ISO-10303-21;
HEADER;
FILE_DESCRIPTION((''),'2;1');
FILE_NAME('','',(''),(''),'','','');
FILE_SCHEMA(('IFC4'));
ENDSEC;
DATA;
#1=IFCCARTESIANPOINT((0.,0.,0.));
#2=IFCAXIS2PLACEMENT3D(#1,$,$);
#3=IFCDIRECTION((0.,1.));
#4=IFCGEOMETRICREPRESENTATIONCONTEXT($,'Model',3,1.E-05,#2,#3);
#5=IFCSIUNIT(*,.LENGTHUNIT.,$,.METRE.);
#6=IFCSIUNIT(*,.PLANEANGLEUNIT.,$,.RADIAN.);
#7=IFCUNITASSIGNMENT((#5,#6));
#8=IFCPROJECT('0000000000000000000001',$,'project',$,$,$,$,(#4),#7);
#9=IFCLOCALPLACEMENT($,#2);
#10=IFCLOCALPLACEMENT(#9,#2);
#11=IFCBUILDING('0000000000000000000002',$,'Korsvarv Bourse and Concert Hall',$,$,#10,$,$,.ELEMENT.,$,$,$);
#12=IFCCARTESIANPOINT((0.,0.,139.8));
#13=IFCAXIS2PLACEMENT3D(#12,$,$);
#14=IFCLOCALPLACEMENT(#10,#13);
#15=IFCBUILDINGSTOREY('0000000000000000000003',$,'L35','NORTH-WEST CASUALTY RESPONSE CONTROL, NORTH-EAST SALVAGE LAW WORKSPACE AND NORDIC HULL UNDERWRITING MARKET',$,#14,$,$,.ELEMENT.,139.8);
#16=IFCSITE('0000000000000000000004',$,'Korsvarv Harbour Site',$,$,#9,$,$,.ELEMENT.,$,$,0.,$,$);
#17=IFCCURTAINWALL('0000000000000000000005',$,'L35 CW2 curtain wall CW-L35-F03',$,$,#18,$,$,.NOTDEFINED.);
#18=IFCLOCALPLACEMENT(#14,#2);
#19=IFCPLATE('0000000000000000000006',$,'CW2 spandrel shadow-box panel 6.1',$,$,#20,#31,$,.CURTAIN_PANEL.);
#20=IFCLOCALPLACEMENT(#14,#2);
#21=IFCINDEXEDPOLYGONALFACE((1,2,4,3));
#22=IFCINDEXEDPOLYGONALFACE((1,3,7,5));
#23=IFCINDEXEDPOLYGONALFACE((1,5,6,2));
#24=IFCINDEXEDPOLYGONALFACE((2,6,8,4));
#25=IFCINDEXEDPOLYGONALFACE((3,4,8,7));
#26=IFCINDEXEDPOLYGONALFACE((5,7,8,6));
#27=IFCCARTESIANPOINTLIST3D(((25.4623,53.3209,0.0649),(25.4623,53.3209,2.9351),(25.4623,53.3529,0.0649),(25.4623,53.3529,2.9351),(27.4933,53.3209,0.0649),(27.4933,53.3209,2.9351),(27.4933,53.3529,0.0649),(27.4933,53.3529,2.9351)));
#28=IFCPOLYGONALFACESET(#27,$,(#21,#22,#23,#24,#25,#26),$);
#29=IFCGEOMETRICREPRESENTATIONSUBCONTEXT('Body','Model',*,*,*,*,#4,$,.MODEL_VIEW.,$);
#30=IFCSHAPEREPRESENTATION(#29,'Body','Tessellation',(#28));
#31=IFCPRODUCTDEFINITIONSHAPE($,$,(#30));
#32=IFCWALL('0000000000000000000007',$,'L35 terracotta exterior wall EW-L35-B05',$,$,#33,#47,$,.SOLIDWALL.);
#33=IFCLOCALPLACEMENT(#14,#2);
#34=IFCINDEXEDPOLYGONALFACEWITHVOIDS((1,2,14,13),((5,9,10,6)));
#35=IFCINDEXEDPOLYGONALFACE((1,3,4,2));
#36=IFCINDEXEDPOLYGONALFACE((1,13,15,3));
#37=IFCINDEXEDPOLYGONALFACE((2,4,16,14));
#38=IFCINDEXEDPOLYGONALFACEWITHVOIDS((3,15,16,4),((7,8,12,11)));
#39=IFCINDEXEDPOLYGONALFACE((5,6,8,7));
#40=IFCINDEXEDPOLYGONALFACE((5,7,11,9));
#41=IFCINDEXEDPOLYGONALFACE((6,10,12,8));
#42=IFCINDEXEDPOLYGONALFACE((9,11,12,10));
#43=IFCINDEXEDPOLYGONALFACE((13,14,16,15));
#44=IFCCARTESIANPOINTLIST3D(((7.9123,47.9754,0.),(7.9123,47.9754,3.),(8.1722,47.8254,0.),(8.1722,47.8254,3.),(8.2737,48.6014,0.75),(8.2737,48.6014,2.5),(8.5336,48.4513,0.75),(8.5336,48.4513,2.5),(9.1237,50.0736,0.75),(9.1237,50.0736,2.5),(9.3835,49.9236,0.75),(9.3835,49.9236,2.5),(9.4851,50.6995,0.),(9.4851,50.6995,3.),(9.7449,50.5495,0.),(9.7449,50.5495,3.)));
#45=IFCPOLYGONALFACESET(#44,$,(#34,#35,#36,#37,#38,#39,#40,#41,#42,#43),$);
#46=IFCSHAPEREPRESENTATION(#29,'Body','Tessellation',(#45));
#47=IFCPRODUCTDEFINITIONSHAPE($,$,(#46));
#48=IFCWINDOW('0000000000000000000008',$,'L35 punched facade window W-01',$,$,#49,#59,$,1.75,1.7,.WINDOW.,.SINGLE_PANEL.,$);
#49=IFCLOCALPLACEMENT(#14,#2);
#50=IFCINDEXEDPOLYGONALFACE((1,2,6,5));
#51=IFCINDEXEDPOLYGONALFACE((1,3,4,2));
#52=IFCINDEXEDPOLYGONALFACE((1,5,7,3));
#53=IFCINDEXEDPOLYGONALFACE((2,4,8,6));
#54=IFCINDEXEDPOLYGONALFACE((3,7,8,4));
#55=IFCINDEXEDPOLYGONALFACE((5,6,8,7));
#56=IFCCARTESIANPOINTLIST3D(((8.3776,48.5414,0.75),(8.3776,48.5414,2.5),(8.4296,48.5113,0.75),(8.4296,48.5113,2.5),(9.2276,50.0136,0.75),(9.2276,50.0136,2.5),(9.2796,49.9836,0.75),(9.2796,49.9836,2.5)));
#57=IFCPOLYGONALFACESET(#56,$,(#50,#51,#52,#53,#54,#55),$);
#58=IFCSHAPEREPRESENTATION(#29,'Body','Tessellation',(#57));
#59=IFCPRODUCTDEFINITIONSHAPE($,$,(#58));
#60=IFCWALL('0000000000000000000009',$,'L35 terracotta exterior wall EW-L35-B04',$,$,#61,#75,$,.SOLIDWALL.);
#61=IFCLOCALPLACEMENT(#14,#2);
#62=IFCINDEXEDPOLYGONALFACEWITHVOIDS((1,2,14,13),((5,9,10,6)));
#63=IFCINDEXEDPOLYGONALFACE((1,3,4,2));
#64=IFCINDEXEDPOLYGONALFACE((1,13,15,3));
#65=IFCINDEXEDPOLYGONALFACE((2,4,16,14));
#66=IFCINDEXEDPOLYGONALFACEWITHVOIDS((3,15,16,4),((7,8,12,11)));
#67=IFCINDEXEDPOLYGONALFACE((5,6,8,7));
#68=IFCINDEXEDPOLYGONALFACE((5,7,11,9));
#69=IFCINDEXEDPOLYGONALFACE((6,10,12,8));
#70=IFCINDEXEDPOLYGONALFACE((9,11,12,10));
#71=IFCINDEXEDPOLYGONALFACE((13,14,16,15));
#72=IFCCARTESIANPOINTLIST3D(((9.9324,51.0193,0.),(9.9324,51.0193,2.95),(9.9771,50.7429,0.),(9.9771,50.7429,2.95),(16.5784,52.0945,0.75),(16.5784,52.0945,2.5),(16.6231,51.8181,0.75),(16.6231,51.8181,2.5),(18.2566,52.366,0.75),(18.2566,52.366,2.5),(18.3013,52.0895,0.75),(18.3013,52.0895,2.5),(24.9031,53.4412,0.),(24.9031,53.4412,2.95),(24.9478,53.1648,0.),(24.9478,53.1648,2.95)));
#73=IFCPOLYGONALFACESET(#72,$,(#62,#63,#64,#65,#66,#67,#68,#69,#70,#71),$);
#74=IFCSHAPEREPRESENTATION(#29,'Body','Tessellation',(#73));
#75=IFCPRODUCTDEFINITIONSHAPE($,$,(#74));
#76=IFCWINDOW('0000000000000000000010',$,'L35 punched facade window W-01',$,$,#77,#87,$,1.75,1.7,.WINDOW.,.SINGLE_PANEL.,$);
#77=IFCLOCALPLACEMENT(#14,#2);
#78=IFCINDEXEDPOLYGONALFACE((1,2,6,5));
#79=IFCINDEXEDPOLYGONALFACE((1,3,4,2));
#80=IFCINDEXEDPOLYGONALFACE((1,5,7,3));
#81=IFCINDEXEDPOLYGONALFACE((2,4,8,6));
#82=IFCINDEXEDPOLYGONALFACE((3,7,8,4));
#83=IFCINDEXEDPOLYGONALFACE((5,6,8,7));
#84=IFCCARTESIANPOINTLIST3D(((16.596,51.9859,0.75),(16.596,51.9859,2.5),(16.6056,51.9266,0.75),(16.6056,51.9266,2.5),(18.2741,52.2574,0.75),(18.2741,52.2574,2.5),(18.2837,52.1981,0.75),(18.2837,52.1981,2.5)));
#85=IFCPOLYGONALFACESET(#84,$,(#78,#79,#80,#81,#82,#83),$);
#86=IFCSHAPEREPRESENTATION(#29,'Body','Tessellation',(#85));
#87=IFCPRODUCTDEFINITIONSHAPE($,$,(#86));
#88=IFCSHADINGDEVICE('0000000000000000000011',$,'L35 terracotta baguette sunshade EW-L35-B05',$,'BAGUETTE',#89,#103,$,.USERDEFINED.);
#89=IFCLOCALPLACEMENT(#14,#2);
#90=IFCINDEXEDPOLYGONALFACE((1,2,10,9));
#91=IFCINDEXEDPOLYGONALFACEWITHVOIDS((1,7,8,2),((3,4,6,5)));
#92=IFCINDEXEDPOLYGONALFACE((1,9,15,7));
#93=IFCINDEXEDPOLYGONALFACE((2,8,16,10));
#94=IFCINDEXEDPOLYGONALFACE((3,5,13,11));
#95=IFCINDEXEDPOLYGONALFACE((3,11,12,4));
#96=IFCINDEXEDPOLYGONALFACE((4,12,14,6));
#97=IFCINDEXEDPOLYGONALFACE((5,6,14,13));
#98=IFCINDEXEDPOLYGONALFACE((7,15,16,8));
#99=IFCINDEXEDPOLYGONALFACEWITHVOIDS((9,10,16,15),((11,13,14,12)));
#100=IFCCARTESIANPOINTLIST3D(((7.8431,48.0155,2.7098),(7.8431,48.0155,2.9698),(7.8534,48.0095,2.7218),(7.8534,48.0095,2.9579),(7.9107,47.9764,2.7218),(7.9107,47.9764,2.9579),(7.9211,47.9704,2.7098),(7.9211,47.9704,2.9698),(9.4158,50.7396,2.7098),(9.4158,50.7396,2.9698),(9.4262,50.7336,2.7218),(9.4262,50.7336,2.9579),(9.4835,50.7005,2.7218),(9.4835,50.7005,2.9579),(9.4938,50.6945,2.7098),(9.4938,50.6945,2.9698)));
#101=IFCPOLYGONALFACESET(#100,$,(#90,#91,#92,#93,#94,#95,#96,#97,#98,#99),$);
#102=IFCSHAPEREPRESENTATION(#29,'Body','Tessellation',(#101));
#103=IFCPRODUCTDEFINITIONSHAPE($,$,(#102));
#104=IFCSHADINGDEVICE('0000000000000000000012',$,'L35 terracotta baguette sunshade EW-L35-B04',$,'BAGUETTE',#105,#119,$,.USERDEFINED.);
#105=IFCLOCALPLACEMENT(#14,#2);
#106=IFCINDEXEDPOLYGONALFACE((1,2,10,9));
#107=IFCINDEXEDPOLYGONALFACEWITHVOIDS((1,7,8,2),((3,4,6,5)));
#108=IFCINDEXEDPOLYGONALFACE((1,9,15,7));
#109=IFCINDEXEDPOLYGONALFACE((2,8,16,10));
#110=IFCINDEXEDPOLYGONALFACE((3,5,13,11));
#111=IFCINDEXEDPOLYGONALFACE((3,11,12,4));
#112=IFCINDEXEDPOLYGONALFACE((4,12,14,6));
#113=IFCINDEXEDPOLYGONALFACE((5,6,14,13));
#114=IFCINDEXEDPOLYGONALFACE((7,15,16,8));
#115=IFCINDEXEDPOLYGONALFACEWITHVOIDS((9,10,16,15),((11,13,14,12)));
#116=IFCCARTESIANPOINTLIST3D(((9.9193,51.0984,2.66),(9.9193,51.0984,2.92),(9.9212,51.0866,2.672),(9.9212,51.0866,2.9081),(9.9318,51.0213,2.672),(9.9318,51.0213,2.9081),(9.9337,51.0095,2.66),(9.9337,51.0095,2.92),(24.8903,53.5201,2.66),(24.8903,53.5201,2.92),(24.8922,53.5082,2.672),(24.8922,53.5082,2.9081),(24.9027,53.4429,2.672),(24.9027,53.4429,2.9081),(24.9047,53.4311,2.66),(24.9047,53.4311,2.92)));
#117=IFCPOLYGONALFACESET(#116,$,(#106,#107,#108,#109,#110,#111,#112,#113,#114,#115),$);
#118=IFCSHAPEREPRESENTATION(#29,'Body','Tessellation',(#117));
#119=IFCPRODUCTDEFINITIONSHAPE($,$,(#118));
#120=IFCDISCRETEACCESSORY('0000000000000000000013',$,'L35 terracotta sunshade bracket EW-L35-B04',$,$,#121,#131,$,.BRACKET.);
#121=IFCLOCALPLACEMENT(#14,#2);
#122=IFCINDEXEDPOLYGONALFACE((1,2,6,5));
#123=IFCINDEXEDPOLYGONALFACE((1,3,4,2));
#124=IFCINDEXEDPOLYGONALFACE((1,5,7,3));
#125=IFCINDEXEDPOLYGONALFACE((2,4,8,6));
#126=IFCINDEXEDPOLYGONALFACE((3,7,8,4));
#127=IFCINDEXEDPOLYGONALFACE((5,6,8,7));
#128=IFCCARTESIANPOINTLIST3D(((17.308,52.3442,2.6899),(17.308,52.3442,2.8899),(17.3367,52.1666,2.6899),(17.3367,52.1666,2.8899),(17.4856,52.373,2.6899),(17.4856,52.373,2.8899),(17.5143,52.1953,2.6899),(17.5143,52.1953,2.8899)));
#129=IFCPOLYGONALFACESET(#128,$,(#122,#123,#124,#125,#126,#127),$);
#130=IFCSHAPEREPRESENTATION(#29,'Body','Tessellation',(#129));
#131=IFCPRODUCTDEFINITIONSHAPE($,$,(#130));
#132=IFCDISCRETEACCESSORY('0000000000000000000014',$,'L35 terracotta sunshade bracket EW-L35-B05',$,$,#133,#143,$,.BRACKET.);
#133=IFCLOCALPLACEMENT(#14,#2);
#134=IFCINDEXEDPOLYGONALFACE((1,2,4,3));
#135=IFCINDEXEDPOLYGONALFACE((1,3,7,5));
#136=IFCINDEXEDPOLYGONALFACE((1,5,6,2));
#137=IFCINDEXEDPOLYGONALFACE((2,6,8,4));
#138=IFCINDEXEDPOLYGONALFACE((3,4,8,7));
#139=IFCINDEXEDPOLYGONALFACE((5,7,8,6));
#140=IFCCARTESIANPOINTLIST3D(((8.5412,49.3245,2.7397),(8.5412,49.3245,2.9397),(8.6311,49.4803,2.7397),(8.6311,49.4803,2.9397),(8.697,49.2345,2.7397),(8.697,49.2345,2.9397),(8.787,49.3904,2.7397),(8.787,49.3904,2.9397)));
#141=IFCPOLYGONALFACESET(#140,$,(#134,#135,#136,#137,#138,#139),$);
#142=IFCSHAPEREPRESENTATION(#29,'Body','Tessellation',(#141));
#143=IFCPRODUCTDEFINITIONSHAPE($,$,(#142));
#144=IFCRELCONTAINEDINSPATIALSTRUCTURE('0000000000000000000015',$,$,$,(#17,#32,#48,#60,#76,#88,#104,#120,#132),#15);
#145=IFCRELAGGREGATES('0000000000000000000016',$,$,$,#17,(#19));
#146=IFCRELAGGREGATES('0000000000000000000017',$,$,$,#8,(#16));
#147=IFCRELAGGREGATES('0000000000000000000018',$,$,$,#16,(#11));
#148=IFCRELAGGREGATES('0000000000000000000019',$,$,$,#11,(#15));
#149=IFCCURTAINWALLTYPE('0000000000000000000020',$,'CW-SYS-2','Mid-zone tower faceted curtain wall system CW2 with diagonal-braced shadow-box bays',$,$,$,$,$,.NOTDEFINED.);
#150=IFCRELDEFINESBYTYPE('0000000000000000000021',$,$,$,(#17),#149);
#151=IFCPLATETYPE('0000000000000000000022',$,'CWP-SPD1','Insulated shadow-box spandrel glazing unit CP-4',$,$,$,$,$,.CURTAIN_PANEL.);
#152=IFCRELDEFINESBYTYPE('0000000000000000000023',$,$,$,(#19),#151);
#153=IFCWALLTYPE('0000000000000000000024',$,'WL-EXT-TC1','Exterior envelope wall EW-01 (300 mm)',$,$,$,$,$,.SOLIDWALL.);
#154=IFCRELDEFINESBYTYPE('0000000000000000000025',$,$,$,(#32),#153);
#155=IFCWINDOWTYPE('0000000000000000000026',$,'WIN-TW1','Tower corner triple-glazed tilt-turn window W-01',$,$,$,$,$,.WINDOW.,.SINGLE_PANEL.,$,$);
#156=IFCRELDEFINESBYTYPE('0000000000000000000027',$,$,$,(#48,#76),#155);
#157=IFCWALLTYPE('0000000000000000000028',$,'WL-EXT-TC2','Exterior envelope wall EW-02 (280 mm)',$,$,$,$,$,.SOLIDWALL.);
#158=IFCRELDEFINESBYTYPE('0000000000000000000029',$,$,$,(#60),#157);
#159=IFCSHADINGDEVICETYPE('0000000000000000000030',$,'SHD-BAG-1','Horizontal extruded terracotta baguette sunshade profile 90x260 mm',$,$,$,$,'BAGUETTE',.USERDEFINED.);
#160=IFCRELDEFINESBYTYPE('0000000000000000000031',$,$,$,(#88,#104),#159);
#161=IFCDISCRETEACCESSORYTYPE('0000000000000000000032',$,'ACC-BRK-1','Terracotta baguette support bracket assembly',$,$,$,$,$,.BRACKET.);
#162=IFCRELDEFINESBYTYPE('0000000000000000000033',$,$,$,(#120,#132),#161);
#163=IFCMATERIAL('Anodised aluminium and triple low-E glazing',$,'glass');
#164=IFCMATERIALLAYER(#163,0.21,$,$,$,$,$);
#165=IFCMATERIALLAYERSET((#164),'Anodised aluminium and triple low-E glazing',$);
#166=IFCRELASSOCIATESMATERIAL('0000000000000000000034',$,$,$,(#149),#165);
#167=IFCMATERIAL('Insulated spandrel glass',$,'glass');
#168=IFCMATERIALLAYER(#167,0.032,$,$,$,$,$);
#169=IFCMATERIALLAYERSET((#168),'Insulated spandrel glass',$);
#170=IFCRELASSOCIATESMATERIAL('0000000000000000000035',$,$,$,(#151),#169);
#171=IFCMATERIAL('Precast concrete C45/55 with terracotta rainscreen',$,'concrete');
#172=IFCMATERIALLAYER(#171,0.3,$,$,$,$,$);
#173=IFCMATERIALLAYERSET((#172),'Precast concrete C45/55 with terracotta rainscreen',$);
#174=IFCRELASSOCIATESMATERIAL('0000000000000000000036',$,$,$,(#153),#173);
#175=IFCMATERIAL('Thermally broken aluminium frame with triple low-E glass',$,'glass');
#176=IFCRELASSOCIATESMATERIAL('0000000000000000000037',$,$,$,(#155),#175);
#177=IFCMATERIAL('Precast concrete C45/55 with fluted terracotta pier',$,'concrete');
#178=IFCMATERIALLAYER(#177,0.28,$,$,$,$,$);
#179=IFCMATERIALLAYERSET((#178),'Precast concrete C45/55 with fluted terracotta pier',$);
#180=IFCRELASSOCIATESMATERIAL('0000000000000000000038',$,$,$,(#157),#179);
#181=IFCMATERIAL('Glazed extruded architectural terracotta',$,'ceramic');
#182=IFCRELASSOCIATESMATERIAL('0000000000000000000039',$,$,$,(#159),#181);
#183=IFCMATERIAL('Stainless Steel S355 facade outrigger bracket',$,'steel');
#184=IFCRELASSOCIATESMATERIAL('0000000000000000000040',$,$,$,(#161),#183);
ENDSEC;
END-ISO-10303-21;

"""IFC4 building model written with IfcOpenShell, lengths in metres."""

from ifc_helpers import new_model, si_unit, direction, frame, frame_2d, origin, origin_2d, place, context, subcontext, project, spatial, rectangle, hollow_rectangle, extrude, source, transform, mapped, material, layer, layer_set, material_profile, profile_set, type_object, element, fill, aggregate, save


model = new_model("IFC4")

# Units and contexts
model_context = context("Model", 3, precision=1e-05, world=origin(), true_north=direction((0.0, 1.0)))
body_context = subcontext(model_context, "Body", "Model", "MODEL_VIEW")
ifc_project = project(units=[si_unit("LENGTHUNIT", "METRE"), si_unit("PLANEANGLEUNIT", "RADIAN")], contexts=[model_context])

# Site, building, storey
site_placement = place(None, origin())
site = spatial("IfcSite", under=ifc_project, at=site_placement, Name="Korsvarv Harbour Site", CompositionType="ELEMENT", RefElevation=0.0)
building_placement = place(site_placement, origin())
building = spatial("IfcBuilding", under=site, at=building_placement, Name="Korsvarv Bourse and Concert Hall", CompositionType="ELEMENT")
storey_placement = place(building_placement, frame((0.0, 0.0, 139.8)))
storey = spatial("IfcBuildingStorey", under=building, at=storey_placement, Name="L35", Description="NORTH-WEST CASUALTY RESPONSE CONTROL, NORTH-EAST SALVAGE LAW WORKSPACE AND NORDIC HULL UNDERWRITING MARKET", CompositionType="ELEMENT", Elevation=139.8)

# Curtain wall, plate
ifc_material_1 = material(Name="Anodised aluminium and triple low-E glazing", Category="glass")
ifc_layer_1 = layer(ifc_material_1, 0.21)
ifc_layer_set_1 = layer_set([ifc_layer_1], Name="Anodised aluminium and triple low-E glazing")
curtain_wall_type = type_object("IfcCurtainWallType", Name="CW-SYS-2", Description="Mid-zone tower faceted curtain wall system CW2 with diagonal-braced shadow-box bays", PredefinedType="NOTDEFINED", material=ifc_layer_set_1)
curtain_wall_placement = place(storey_placement, origin())
curtain_wall = element("IfcCurtainWall", 1, at=curtain_wall_placement, inside=storey, type_object=curtain_wall_type, Name="L35 CW2 curtain wall CW-L35-F03", PredefinedType="NOTDEFINED")
ifc_material_2 = material(Name="Insulated spandrel glass", Category="glass")
ifc_layer_2 = layer(ifc_material_2, 0.032)
ifc_layer_set_2 = layer_set([ifc_layer_2], Name="Insulated spandrel glass")
plate_type = type_object("IfcPlateType", Name="CWP-SPD1", Description="Insulated shadow-box spandrel glazing unit CP-4", PredefinedType="CURTAIN_PANEL", material=ifc_layer_set_2)
shared_shape_1 = source(origin(), body_context, "Body", "SweptSolid", [
    extrude(rectangle(XDim=2.031, YDim=0.032, at=origin_2d()), origin(), (0.0, 0.0, 1.0), 2.8701),
])
plate_placement = place(storey_placement, frame((26.4778, 53.3369, 0.0649), z_axis=(0.0, 0.0, 1.0), x_axis=(-1.0, 0.0, 0.0)))
plate = element("IfcPlate", 2, at=plate_placement, type_object=plate_type, Name="CW2 spandrel shadow-box panel 6.1", PredefinedType="CURTAIN_PANEL", context=body_context, shape_type="MappedRepresentation", body=[
    mapped(shared_shape_1, transform((0.0, 0.0, 0.0), scale=1.0)),
])
aggregate(curtain_wall, [plate])

# Walls, openings, windows
ifc_material_3 = material(Name="Precast concrete C45/55 with terracotta rainscreen", Category="concrete")
ifc_layer_3 = layer(ifc_material_3, 0.3)
ifc_layer_set_3 = layer_set([ifc_layer_3], Name="Precast concrete C45/55 with terracotta rainscreen")
wall_type_1 = type_object("IfcWallType", Name="WL-EXT-TC1", Description="Exterior envelope wall EW-01 (300 mm)", PredefinedType="SOLIDWALL", material=ifc_layer_set_3)
wall_1_placement = place(storey_placement, frame((9.615, 50.6245, 0.0), z_axis=(0.0, 0.0, 1.0), x_axis=(-0.499996, -0.866028, 0.0)))
wall_1 = element("IfcWall", 3, at=wall_1_placement, inside=storey, type_object=wall_type_1, Name="L35 terracotta exterior wall EW-L35-B05", PredefinedType="SOLIDWALL", context=body_context, shape_type="SweptSolid", body=[
    extrude(rectangle(XDim=3.1455, YDim=0.3, at=frame_2d((1.5728, 0.0))), origin(), (0.0, 0.0, 1.0), 3.0),
])
opening_1_placement = place(wall_1_placement, frame((0.7227, 0.0, 0.75)))
opening_1 = element("IfcOpeningElement", 4, at=opening_1_placement, cuts=wall_1, PredefinedType="OPENING", context=body_context, shape_type="SweptSolid", body=[
    extrude(rectangle(XDim=1.7, YDim=1.75, at=frame_2d((0.8501, 0.875))), frame((0.0, 0.1602, 0.0), z_axis=(0.0, -1.0, 0.0), x_axis=(1.0, 0.0, 0.0)), (0.0, 0.0, 1.0), 0.3201),
])
ifc_material_4 = material(Name="Thermally broken aluminium frame with triple low-E glass", Category="glass")
window_type = type_object("IfcWindowType", Name="WIN-TW1", Description="Tower corner triple-glazed tilt-turn window W-01", PartitioningType="SINGLE_PANEL", PredefinedType="WINDOW", material=ifc_material_4)
window_1_placement = place(opening_1_placement, origin())
window_1 = element("IfcWindow", 5, at=window_1_placement, inside=storey, type_object=window_type, Name="L35 punched facade window W-01", OverallHeight=1.75, OverallWidth=1.7, PartitioningType="SINGLE_PANEL", PredefinedType="WINDOW", context=body_context, shape_type="SweptSolid", body=[
    extrude(rectangle(XDim=1.7, YDim=1.75, at=frame_2d((0.8501, 0.875))), frame((0.0, 0.03, 0.0), z_axis=(0.0, -1.0, 0.0), x_axis=(1.0, 0.0, 0.0)), (0.0, 0.0, 1.0), 0.0601),
])
fill(opening_1, window_1)
ifc_material_5 = material(Name="Precast concrete C45/55 with fluted terracotta pier", Category="concrete")
ifc_layer_4 = layer(ifc_material_5, 0.28)
ifc_layer_set_4 = layer_set([ifc_layer_4], Name="Precast concrete C45/55 with fluted terracotta pier")
wall_type_2 = type_object("IfcWallType", Name="WL-EXT-TC2", Description="Exterior envelope wall EW-02 (280 mm)", PredefinedType="SOLIDWALL", material=ifc_layer_set_4)
wall_2_placement = place(storey_placement, frame((24.9253, 53.303, 0.0), z_axis=(0.0, 0.0, 1.0), x_axis=(-0.987166, -0.159698, 0.0)))
wall_2 = element("IfcWall", 6, at=wall_2_placement, inside=storey, type_object=wall_type_2, Name="L35 terracotta exterior wall EW-L35-B04", PredefinedType="SOLIDWALL", context=body_context, shape_type="SweptSolid", body=[
    extrude(rectangle(XDim=15.1653, YDim=0.28, at=frame_2d((7.5825, 0.0))), origin(), (0.0, 0.0, 1.0), 2.95),
])
opening_2_placement = place(wall_2_placement, frame((6.7327, 0.0, 0.75)))
opening_2 = element("IfcOpeningElement", 7, at=opening_2_placement, cuts=wall_2, PredefinedType="OPENING", context=body_context, shape_type="SweptSolid", body=[
    extrude(rectangle(XDim=1.7, YDim=1.75, at=frame_2d((0.8501, 0.875))), frame((0.0, 0.1499, 0.0), z_axis=(0.0, -1.0, 0.0), x_axis=(1.0, 0.0, 0.0)), (0.0, 0.0, 1.0), 0.3),
])
window_2_placement = place(opening_2_placement, origin())
window_2 = element("IfcWindow", 8, at=window_2_placement, inside=storey, type_object=window_type, Name="L35 punched facade window W-01", OverallHeight=1.75, OverallWidth=1.7, PartitioningType="SINGLE_PANEL", PredefinedType="WINDOW", context=body_context, shape_type="SweptSolid", body=[
    extrude(rectangle(XDim=1.7, YDim=1.75, at=frame_2d((0.8501, 0.875))), frame((0.0, 0.03, 0.0), z_axis=(0.0, -1.0, 0.0), x_axis=(1.0, 0.0, 0.0)), (0.0, 0.0, 1.0), 0.0601),
])
fill(opening_2, window_2)

# Shading devices
ifc_material_6 = material(Name="Glazed extruded architectural terracotta", Category="ceramic")
ifc_material_profile_1 = material_profile(ifc_material_6, hollow_rectangle(XDim=0.0901, YDim=0.26, WallThickness=0.012, at=origin_2d()), Name="TC-BAG 90x260")
ifc_profile_set_1 = profile_set([ifc_material_profile_1], Name="Glazed extruded architectural terracotta")
shading_device_type = type_object("IfcShadingDeviceType", Name="SHD-BAG-1", Description="Horizontal extruded terracotta baguette sunshade profile 90x260 mm", ElementType="BAGUETTE", PredefinedType="USERDEFINED", material=ifc_profile_set_1)
shared_shape_2 = source(origin(), body_context, "Body", "SweptSolid", [
    extrude(hollow_rectangle(XDim=0.0901, YDim=0.26, WallThickness=0.012, at=origin_2d()), origin(), (0.0, 0.0, 1.0), 3.1455),
])
shading_device_1_placement = place(storey_placement, frame((9.4548, 50.717, 2.8398), z_axis=(-0.499996, -0.866028, 0.0), x_axis=(0.866028, -0.499996, 0.0)))
element("IfcShadingDevice", 9, at=shading_device_1_placement, inside=storey, type_object=shading_device_type, Name="L35 terracotta baguette sunshade EW-L35-B05", ObjectType="BAGUETTE", PredefinedType="USERDEFINED", context=body_context, shape_type="MappedRepresentation", body=[
    mapped(shared_shape_2, transform((0.0, 0.0, 0.0), scale=1.0)),
])
shared_shape_3 = source(origin(), body_context, "Body", "SweptSolid", [
    extrude(hollow_rectangle(XDim=0.0901, YDim=0.26, WallThickness=0.012, at=origin_2d()), origin(), (0.0, 0.0, 1.0), 15.1655),
])
shading_device_2_placement = place(storey_placement, frame((24.8975, 53.4756, 2.79), z_axis=(-0.987169, -0.15968, 0.0), x_axis=(0.15968, -0.987169, 0.0)))
element("IfcShadingDevice", 10, at=shading_device_2_placement, inside=storey, type_object=shading_device_type, Name="L35 terracotta baguette sunshade EW-L35-B04", ObjectType="BAGUETTE", PredefinedType="USERDEFINED", context=body_context, shape_type="MappedRepresentation", body=[
    mapped(shared_shape_3, transform((0.0, 0.0, 0.0), scale=1.0)),
])

# Discrete accessories
ifc_material_7 = material(Name="Stainless Steel S355 facade outrigger bracket", Category="steel")
discrete_accessory_type = type_object("IfcDiscreteAccessoryType", Name="ACC-BRK-1", Description="Terracotta baguette support bracket assembly", PredefinedType="BRACKET", material=ifc_material_7)
shared_shape_4 = source(origin(), body_context, "Body", "SweptSolid", [
    extrude(rectangle(XDim=0.1799, YDim=0.1799, at=origin_2d()), origin(), (0.0, 0.0, 1.0), 0.2),
])
for number, where, z_axis, x_axis, name in (
    (11, (17.4111, 52.2698, 2.6899), (0.0, 0.0, 1.0), (-0.987164, -0.159709, 0.0), "L35 terracotta sunshade bracket EW-L35-B04"),
    (12, (8.6641, 49.3574, 2.7397), (0.0, 0.0, 1.0), (-0.5, -0.866025, 0.0), "L35 terracotta sunshade bracket EW-L35-B05"),
):
    element("IfcDiscreteAccessory", number, at=place(storey_placement, frame(where, z_axis=z_axis, x_axis=x_axis)), inside=storey, type_object=discrete_accessory_type, Name=name, PredefinedType="BRACKET", context=body_context, shape_type="MappedRepresentation", body=[
        mapped(shared_shape_4, transform((0.0, 0.0, 0.0), scale=1.0)),
    ])

save(model, "model.ifc")
